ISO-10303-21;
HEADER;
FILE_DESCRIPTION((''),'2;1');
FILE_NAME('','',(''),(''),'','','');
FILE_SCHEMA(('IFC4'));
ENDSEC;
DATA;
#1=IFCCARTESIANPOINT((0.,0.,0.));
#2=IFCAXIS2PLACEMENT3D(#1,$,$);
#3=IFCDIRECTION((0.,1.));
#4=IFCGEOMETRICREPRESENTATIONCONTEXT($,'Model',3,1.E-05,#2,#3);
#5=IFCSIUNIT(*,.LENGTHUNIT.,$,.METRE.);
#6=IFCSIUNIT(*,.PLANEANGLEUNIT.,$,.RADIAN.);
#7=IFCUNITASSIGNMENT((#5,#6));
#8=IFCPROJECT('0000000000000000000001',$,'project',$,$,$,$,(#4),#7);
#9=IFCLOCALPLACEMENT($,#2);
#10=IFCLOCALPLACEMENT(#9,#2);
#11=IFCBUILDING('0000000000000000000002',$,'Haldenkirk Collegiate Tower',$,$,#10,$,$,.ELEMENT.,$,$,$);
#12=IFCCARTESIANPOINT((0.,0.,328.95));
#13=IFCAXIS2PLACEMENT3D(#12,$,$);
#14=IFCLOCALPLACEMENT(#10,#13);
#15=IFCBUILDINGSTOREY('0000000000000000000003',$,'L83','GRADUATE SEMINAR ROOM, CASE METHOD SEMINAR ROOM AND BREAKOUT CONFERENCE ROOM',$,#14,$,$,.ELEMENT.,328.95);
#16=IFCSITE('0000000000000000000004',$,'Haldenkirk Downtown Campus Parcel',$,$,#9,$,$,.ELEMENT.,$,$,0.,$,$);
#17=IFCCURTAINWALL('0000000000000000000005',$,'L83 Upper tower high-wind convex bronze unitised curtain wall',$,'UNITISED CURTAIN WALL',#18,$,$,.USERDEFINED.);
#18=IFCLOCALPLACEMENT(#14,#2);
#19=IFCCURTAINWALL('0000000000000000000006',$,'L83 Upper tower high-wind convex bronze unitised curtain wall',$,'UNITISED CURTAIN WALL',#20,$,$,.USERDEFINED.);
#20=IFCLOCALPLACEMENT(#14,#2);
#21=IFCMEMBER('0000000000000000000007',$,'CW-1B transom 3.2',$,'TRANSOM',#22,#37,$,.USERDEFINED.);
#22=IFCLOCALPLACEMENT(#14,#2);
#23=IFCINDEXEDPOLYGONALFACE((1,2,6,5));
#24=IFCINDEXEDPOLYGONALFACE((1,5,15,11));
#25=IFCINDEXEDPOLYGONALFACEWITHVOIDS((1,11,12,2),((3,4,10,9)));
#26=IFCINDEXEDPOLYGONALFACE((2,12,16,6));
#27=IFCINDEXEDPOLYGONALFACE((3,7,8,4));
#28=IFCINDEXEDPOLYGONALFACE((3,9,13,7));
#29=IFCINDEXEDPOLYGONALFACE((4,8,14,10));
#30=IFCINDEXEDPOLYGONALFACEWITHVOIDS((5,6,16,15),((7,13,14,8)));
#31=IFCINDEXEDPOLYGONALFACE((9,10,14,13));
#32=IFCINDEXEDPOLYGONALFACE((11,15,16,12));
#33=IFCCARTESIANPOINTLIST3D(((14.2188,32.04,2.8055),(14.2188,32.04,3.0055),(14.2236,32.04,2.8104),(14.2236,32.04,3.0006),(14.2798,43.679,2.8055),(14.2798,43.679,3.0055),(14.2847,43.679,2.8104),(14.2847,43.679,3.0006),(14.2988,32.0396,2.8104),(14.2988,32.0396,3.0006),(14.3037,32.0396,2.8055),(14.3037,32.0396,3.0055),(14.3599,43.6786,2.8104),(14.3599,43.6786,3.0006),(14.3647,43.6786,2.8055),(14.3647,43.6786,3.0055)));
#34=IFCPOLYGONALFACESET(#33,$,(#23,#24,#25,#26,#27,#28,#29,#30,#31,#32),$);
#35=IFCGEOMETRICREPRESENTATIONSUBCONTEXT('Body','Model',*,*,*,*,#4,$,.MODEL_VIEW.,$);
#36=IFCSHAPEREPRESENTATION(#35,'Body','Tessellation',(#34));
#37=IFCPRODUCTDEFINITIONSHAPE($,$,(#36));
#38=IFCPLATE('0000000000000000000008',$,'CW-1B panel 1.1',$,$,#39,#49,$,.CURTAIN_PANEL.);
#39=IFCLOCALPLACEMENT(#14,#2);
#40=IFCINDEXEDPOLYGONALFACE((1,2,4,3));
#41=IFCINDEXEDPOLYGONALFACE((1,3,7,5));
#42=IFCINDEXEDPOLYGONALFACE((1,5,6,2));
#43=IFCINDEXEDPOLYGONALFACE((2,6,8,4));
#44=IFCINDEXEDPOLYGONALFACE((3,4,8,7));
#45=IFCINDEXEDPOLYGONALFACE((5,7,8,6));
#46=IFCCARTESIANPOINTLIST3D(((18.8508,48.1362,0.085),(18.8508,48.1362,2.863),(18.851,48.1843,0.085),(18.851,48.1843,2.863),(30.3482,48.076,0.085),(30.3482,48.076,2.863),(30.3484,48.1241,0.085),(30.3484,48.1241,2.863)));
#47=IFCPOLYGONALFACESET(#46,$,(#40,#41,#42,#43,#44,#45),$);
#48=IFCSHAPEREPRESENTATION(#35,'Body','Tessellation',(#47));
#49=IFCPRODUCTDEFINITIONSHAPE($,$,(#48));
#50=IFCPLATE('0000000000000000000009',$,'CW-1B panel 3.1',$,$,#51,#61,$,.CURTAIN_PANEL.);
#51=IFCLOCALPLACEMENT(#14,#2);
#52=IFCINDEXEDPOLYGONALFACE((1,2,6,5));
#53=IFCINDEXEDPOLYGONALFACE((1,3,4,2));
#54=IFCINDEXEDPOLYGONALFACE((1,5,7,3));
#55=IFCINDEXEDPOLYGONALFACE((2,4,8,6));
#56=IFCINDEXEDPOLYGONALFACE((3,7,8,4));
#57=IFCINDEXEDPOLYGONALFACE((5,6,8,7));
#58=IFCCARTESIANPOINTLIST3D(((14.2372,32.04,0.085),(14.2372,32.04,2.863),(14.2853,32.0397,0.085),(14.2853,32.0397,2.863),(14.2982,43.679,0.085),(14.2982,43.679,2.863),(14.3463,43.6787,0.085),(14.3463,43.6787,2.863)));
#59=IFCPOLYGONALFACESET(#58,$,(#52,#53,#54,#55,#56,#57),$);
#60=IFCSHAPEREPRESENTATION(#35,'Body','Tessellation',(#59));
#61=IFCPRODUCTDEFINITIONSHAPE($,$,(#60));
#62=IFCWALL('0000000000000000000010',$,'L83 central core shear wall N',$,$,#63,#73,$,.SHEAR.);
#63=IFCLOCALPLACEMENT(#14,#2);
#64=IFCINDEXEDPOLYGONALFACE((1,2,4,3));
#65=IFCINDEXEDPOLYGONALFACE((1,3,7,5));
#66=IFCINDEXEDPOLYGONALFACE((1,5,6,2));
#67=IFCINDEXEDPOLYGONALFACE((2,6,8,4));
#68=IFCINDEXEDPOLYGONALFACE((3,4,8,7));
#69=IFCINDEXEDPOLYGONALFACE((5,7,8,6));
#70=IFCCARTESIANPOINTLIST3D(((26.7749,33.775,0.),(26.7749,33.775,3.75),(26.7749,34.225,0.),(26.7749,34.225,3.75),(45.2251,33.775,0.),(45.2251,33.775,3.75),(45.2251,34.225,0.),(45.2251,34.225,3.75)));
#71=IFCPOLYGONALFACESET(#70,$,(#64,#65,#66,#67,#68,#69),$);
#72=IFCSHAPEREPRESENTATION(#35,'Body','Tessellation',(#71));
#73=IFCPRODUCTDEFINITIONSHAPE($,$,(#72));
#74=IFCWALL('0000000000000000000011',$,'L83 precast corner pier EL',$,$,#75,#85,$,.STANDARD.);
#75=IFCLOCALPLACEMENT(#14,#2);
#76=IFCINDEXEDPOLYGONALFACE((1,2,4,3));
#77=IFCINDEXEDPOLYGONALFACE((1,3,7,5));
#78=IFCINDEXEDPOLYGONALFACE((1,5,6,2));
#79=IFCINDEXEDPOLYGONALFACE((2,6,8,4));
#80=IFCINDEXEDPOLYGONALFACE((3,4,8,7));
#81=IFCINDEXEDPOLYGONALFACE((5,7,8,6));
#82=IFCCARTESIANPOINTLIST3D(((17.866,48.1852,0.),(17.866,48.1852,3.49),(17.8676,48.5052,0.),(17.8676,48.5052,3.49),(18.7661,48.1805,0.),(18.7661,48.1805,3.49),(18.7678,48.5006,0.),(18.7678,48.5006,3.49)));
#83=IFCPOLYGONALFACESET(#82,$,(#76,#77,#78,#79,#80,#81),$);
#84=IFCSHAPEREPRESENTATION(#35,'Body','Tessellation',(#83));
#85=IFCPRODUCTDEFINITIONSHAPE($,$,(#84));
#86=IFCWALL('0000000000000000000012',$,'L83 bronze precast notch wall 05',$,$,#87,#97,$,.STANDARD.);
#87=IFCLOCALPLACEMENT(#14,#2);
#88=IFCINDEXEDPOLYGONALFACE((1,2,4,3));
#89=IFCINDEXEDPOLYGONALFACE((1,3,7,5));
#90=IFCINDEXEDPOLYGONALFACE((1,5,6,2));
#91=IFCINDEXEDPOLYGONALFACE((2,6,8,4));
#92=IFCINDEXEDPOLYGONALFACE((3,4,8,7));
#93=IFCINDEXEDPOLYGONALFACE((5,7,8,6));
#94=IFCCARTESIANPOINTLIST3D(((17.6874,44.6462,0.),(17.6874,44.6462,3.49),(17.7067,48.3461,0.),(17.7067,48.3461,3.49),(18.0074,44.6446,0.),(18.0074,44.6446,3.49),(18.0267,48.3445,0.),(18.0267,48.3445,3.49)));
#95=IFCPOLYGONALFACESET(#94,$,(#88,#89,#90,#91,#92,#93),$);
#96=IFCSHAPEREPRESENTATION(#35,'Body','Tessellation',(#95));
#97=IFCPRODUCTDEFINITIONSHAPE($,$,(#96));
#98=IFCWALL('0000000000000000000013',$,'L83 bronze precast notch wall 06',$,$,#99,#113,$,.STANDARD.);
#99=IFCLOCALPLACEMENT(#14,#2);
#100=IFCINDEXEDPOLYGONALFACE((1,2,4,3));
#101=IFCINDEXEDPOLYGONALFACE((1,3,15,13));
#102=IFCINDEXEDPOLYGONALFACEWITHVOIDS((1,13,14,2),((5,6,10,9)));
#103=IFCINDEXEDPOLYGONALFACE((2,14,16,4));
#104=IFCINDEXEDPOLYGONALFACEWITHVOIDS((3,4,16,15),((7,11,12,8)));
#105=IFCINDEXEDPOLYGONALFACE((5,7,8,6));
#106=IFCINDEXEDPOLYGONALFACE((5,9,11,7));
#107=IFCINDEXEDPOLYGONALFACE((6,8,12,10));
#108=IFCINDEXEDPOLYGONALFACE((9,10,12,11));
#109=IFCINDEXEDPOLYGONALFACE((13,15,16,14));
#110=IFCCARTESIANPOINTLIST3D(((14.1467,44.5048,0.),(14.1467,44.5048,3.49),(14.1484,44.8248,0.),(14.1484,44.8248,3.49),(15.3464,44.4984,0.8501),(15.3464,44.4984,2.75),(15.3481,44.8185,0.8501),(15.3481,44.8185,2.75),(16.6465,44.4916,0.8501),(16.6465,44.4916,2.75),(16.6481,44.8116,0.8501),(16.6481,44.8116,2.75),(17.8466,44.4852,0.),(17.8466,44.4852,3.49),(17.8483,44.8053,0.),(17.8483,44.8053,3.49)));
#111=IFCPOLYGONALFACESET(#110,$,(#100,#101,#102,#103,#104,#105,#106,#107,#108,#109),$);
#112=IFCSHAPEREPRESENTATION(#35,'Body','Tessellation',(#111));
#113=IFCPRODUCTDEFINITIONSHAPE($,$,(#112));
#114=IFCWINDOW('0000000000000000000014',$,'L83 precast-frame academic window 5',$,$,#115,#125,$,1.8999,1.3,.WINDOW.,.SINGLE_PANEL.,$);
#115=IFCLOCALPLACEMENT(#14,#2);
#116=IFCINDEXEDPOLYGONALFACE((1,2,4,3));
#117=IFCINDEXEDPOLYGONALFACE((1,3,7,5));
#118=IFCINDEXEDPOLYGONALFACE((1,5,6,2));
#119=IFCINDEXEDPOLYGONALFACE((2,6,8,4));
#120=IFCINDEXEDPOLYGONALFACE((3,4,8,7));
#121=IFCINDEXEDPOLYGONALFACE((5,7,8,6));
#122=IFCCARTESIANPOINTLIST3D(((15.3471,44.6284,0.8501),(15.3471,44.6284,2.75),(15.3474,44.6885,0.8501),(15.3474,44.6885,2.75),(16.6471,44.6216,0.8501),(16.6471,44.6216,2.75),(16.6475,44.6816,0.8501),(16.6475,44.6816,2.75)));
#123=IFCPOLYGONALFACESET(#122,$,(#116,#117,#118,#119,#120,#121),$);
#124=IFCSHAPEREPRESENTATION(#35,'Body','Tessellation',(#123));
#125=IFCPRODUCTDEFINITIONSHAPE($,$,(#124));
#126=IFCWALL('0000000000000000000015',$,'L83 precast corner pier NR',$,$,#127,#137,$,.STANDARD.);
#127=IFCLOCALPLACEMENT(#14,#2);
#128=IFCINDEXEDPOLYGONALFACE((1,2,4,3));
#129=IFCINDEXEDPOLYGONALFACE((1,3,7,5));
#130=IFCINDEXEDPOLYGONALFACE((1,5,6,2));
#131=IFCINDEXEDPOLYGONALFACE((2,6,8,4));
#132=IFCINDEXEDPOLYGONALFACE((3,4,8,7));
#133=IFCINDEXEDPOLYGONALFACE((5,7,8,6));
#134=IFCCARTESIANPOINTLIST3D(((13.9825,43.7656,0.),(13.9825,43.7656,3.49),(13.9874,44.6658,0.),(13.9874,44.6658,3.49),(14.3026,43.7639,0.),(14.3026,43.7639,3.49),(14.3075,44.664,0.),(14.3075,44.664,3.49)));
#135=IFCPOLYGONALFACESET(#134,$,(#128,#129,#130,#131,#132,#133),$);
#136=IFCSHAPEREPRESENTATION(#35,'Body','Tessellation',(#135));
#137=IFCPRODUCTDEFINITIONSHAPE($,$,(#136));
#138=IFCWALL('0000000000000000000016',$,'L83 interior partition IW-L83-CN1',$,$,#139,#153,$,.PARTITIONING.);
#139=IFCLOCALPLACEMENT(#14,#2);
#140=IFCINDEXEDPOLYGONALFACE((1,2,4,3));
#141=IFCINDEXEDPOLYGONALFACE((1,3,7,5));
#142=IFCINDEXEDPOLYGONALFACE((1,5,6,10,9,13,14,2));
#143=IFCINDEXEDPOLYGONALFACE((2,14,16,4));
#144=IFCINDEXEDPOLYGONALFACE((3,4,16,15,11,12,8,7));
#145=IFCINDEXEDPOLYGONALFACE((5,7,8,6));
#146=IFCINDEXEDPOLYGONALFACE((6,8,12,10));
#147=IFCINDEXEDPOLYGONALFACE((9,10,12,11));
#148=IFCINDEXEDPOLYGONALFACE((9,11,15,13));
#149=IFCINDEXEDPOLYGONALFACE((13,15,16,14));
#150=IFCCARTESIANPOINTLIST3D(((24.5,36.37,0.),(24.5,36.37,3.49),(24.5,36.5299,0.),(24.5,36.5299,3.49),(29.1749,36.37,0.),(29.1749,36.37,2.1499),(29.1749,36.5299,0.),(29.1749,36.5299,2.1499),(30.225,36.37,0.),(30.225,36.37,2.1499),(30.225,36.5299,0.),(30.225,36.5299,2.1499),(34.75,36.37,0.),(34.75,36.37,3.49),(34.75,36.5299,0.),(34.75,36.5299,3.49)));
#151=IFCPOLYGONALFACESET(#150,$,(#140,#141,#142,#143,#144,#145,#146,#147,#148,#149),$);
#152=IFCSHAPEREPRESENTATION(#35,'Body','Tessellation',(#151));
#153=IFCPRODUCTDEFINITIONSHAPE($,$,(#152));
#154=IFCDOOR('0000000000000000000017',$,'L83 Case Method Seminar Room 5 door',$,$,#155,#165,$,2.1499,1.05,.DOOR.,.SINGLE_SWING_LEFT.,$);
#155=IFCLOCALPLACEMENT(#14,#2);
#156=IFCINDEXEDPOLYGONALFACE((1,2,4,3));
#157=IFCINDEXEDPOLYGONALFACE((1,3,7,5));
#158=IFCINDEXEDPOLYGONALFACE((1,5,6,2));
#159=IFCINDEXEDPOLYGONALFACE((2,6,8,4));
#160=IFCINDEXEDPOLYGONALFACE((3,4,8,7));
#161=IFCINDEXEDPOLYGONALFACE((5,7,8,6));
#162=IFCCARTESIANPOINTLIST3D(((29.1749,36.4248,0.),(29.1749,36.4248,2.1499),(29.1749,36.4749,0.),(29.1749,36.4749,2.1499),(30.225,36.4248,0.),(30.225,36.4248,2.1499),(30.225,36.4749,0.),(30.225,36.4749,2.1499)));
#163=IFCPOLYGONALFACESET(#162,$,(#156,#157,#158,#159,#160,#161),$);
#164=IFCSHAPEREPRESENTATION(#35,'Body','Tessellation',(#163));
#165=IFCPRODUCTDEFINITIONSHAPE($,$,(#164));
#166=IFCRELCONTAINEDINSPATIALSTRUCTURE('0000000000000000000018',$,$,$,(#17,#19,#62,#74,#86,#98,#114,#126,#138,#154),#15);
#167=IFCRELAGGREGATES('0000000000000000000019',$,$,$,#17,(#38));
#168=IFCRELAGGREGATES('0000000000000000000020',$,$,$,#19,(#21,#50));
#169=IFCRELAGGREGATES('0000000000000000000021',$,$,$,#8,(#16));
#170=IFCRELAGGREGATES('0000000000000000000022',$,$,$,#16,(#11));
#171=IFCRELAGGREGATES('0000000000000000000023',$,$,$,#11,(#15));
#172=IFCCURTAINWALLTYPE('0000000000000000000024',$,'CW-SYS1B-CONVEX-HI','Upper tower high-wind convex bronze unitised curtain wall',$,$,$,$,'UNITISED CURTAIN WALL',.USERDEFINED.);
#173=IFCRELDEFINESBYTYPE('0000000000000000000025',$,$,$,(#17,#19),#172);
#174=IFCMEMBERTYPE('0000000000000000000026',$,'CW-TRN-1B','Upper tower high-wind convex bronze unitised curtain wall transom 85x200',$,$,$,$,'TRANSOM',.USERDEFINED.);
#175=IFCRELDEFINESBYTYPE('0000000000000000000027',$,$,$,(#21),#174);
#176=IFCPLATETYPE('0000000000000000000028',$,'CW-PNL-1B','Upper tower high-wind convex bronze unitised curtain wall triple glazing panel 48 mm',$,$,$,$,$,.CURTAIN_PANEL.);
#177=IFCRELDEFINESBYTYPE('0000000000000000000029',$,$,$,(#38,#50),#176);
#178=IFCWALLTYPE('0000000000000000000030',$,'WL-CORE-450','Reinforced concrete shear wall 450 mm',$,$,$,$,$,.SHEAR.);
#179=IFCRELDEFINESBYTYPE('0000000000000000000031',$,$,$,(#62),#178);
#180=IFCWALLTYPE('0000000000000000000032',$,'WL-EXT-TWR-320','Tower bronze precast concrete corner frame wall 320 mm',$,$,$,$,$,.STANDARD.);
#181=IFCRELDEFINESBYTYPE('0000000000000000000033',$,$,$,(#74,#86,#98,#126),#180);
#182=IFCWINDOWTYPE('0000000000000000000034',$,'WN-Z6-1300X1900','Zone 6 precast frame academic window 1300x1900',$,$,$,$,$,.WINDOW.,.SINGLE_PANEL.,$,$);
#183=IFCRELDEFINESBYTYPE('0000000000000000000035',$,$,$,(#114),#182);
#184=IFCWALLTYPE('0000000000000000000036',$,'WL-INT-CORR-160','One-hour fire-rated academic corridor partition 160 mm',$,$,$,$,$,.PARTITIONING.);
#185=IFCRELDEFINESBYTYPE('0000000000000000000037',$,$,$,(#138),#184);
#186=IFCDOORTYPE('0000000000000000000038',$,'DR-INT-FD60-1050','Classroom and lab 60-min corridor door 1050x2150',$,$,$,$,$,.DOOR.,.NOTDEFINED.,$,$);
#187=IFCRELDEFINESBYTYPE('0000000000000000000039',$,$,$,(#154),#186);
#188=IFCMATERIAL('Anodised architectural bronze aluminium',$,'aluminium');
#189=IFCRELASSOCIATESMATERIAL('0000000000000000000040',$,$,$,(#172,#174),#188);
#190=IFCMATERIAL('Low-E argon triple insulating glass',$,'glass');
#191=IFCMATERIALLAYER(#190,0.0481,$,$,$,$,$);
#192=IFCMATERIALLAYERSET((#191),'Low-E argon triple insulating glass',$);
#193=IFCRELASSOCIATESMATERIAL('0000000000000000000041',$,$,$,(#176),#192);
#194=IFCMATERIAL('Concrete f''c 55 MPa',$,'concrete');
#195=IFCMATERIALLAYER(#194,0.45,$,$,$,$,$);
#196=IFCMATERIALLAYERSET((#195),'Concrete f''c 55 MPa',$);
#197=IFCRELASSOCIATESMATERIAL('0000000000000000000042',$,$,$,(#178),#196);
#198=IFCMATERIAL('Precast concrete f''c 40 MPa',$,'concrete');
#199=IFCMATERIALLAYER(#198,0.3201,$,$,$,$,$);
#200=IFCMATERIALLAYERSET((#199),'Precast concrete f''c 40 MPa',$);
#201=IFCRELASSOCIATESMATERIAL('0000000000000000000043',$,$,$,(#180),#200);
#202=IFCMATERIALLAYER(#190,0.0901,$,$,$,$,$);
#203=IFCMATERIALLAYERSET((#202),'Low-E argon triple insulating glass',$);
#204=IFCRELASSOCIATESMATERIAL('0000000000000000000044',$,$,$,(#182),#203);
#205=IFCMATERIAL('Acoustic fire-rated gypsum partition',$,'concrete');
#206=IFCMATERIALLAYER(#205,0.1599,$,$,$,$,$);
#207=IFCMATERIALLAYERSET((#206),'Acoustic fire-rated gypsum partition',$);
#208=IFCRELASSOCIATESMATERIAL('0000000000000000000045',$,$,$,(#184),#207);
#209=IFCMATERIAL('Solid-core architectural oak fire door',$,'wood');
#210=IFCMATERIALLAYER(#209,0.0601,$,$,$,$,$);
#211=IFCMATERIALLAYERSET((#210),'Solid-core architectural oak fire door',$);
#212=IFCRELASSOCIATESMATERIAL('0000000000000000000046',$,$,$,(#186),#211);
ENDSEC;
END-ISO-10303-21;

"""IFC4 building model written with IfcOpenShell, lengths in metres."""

from ifc_helpers import new_model, si_unit, direction, frame, frame_2d, origin, origin_2d, place, context, subcontext, project, spatial, rectangle, hollow_rectangle, extrude, source, transform, mapped, material, layer, layer_set, material_profile, profile_set, type_object, element, fill, aggregate, save


model = new_model("IFC4")

# Units and contexts
model_context = context("Model", 3, precision=1e-05, world=origin(), true_north=direction((0.0, 1.0)))
body_context = subcontext(model_context, "Body", "Model", "MODEL_VIEW")
ifc_project = project(units=[si_unit("LENGTHUNIT", "METRE"), si_unit("PLANEANGLEUNIT", "RADIAN")], contexts=[model_context])

# Site, building, storey
site_placement = place(None, origin())
site = spatial("IfcSite", under=ifc_project, at=site_placement, Name="Haldenkirk Downtown Campus Parcel", CompositionType="ELEMENT", RefElevation=0.0)
building_placement = place(site_placement, origin())
building = spatial("IfcBuilding", under=site, at=building_placement, Name="Haldenkirk Collegiate Tower", CompositionType="ELEMENT")
storey_placement = place(building_placement, frame((0.0, 0.0, 328.95)))
storey = spatial("IfcBuildingStorey", under=building, at=storey_placement, Name="L83", Description="GRADUATE SEMINAR ROOM, CASE METHOD SEMINAR ROOM AND BREAKOUT CONFERENCE ROOM", CompositionType="ELEMENT", Elevation=328.95)

# Curtain wall
ifc_material_1 = material(Name="Anodised architectural bronze aluminium", Category="aluminium")
curtain_wall_type = type_object("IfcCurtainWallType", Name="CW-SYS1B-CONVEX-HI", Description="Upper tower high-wind convex bronze unitised curtain wall", ElementType="UNITISED CURTAIN WALL", PredefinedType="USERDEFINED", material=ifc_material_1)
curtain_wall_1_placement = place(storey_placement, origin())
curtain_wall_1 = element("IfcCurtainWall", 1, at=curtain_wall_1_placement, inside=storey, type_object=curtain_wall_type, Name="L83 Upper tower high-wind convex bronze unitised curtain wall", ObjectType="UNITISED CURTAIN WALL", PredefinedType="USERDEFINED")

# Curtain wall
curtain_wall_2_placement = place(storey_placement, origin())
curtain_wall_2 = element("IfcCurtainWall", 2, at=curtain_wall_2_placement, inside=storey, type_object=curtain_wall_type, Name="L83 Upper tower high-wind convex bronze unitised curtain wall", ObjectType="UNITISED CURTAIN WALL", PredefinedType="USERDEFINED")

# Member
ifc_material_profile_1 = material_profile(ifc_material_1, hollow_rectangle(XDim=0.085, YDim=0.2, WallThickness=0.0049, at=origin_2d()), Name="CW-TRN-1B")
ifc_profile_set_1 = profile_set([ifc_material_profile_1], Name="Anodised architectural bronze aluminium")
member_type_1 = type_object("IfcMemberType", Name="CW-TRN-1B", Description="Upper tower high-wind convex bronze unitised curtain wall transom 85x200", ElementType="TRANSOM", PredefinedType="USERDEFINED", material=ifc_profile_set_1)
member_1_placement = place(storey_placement, frame((14.2612, 32.0398, 2.9055), z_axis=(0.005244, 0.999986, 0.0), x_axis=(-0.999986, 0.005244, 0.0)))
member_1 = element("IfcMember", 3, at=member_1_placement, type_object=member_type_1, Name="CW-1B transom 3.2", ObjectType="TRANSOM", PredefinedType="USERDEFINED", context=body_context, shape_type="SweptSolid", body=[
    extrude(hollow_rectangle(XDim=0.085, YDim=0.2, WallThickness=0.0049, at=origin_2d()), origin(), (0.0, 0.0, 1.0), 11.6392),
])

# Plates
ifc_material_2 = material(Name="Low-E argon triple insulating glass", Category="glass")
ifc_layer_1 = layer(ifc_material_2, 0.0481)
ifc_layer_set_1 = layer_set([ifc_layer_1], Name="Low-E argon triple insulating glass")
plate_type = type_object("IfcPlateType", Name="CW-PNL-1B", Description="Upper tower high-wind convex bronze unitised curtain wall triple glazing panel 48 mm", PredefinedType="CURTAIN_PANEL", material=ifc_layer_set_1)
shared_shape_1 = source(origin(), body_context, "Body", "SweptSolid", [
    extrude(rectangle(XDim=11.4976, YDim=0.0481, at=origin_2d()), origin(), (0.0, 0.0, 1.0), 2.7781),
])
plate_1_placement = place(storey_placement, frame((24.5996, 48.1301, 0.085), z_axis=(0.0, 0.0, 1.0), x_axis=(0.999986, -0.005239, 0.0)))
plate_1 = element("IfcPlate", 4, at=plate_1_placement, type_object=plate_type, Name="CW-1B panel 1.1", PredefinedType="CURTAIN_PANEL", context=body_context, shape_type="MappedRepresentation", body=[
    mapped(shared_shape_1, transform((0.0, 0.0, 0.0), x_axis=(1.0, 0.0, 0.0), y_axis=(0.0, 1.0, 0.0), z_axis=(0.0, 0.0, 1.0), scale=1.0)),
])
aggregate(curtain_wall_1, [plate_1])
shared_shape_2 = source(origin(), body_context, "Body", "SweptSolid", [
    extrude(rectangle(XDim=11.6392, YDim=0.0481, at=origin_2d()), origin(), (0.0, 0.0, 1.0), 2.7781),
])
plate_2_placement = place(storey_placement, frame((14.2917, 37.8594, 0.085), z_axis=(0.0, 0.0, 1.0), x_axis=(0.005235, 0.999986, 0.0)))
plate_2 = element("IfcPlate", 5, at=plate_2_placement, type_object=plate_type, Name="CW-1B panel 3.1", PredefinedType="CURTAIN_PANEL", context=body_context, shape_type="MappedRepresentation", body=[
    mapped(shared_shape_2, transform((0.0, 0.0, 0.0), x_axis=(1.0, 0.0, 0.0), y_axis=(0.0, 1.0, 0.0), z_axis=(0.0, 0.0, 1.0), scale=1.0)),
])
aggregate(curtain_wall_2, [member_1, plate_2])

# Walls
ifc_material_3 = material(Name="Concrete f'c 55 MPa", Category="concrete")
ifc_layer_2 = layer(ifc_material_3, 0.45)
ifc_layer_set_2 = layer_set([ifc_layer_2], Name="Concrete f'c 55 MPa")
wall_type_1 = type_object("IfcWallType", Name="WL-CORE-450", Description="Reinforced concrete shear wall 450 mm", PredefinedType="SHEAR", material=ifc_layer_set_2)
wall_1_placement = place(storey_placement, frame((26.7749, 34.0, 0.0), z_axis=(0.0, 0.0, 1.0), x_axis=(1.0, 0.0, 0.0)))
element("IfcWall", 6, at=wall_1_placement, inside=storey, type_object=wall_type_1, Name="L83 central core shear wall N", PredefinedType="SHEAR", context=body_context, shape_type="SweptSolid", body=[
    extrude(rectangle(XDim=18.4502, YDim=0.45, at=frame_2d((9.2251, 0.0))), origin(), (0.0, 0.0, 1.0), 3.75),
])
ifc_material_4 = material(Name="Precast concrete f'c 40 MPa", Category="concrete")
ifc_layer_3 = layer(ifc_material_4, 0.3201)
ifc_layer_set_3 = layer_set([ifc_layer_3], Name="Precast concrete f'c 40 MPa")
wall_type_2 = type_object("IfcWallType", Name="WL-EXT-TWR-320", Description="Tower bronze precast concrete corner frame wall 320 mm", PredefinedType="STANDARD", material=ifc_layer_set_3)
wall_2_placement = place(storey_placement, frame((17.8667, 48.3452, 0.0), z_axis=(0.0, 0.0, 1.0), x_axis=(0.999987, -0.005153, 0.0)))
element("IfcWall", 7, at=wall_2_placement, inside=storey, type_object=wall_type_2, Name="L83 precast corner pier EL", PredefinedType="STANDARD", context=body_context, shape_type="SweptSolid", body=[
    extrude(rectangle(XDim=0.9001, YDim=0.3201, at=frame_2d((0.4502, 0.0))), origin(), (0.0, 0.0, 1.0), 3.49),
])
wall_3_placement = place(storey_placement, frame((17.8474, 44.6453, 0.0), z_axis=(0.0, 0.0, 1.0), x_axis=(0.005213, 0.999986, 0.0)))
element("IfcWall", 8, at=wall_3_placement, inside=storey, type_object=wall_type_2, Name="L83 bronze precast notch wall 05", PredefinedType="STANDARD", context=body_context, shape_type="SweptSolid", body=[
    extrude(rectangle(XDim=3.7, YDim=0.3201, at=frame_2d((1.8501, 0.0))), origin(), (0.0, 0.0, 1.0), 3.49),
])

# Wall, opening, window
wall_4_placement = place(storey_placement, frame((14.1475, 44.6648, 0.0), z_axis=(0.0, 0.0, 1.0), x_axis=(0.999986, -0.005279, 0.0)))
wall_4 = element("IfcWall", 9, at=wall_4_placement, inside=storey, type_object=wall_type_2, Name="L83 bronze precast notch wall 06", PredefinedType="STANDARD", context=body_context, shape_type="SweptSolid", body=[
    extrude(rectangle(XDim=3.7, YDim=0.3201, at=frame_2d((1.8501, 0.0))), origin(), (0.0, 0.0, 1.0), 3.49),
])
opening_1_placement = place(wall_4_placement, frame((1.2, 0.0, 0.8501)))
opening_1 = element("IfcOpeningElement", 10, at=opening_1_placement, cuts=wall_4, PredefinedType="OPENING", context=body_context, shape_type="SweptSolid", body=[
    extrude(rectangle(XDim=1.3, YDim=1.8999, at=frame_2d((0.6499, 0.95))), frame((0.0, 0.1699, 0.0), z_axis=(0.0, -1.0, 0.0), x_axis=(1.0, 0.0, 0.0)), (0.0, 0.0, 1.0), 0.3401),
])
ifc_layer_4 = layer(ifc_material_2, 0.0901)
ifc_layer_set_4 = layer_set([ifc_layer_4], Name="Low-E argon triple insulating glass")
window_type = type_object("IfcWindowType", Name="WN-Z6-1300X1900", Description="Zone 6 precast frame academic window 1300x1900", PartitioningType="SINGLE_PANEL", PredefinedType="WINDOW", material=ifc_layer_set_4)
window_placement = place(opening_1_placement, origin())
window = element("IfcWindow", 11, at=window_placement, inside=storey, type_object=window_type, Name="L83 precast-frame academic window 5", OverallHeight=1.8999, OverallWidth=1.3, PartitioningType="SINGLE_PANEL", PredefinedType="WINDOW", context=body_context, shape_type="SweptSolid", body=[
    extrude(rectangle(XDim=1.3, YDim=1.8999, at=frame_2d((0.6499, 0.95))), frame((0.0, 0.03, 0.0), z_axis=(0.0, -1.0, 0.0), x_axis=(1.0, 0.0, 0.0)), (0.0, 0.0, 1.0), 0.0601),
])
fill(opening_1, window)

# Wall
wall_5_placement = place(storey_placement, frame((14.1426, 43.7646, 0.0), z_axis=(0.0, 0.0, 1.0), x_axis=(0.005424, 0.999985, 0.0)))
element("IfcWall", 12, at=wall_5_placement, inside=storey, type_object=wall_type_2, Name="L83 precast corner pier NR", PredefinedType="STANDARD", context=body_context, shape_type="SweptSolid", body=[
    extrude(rectangle(XDim=0.9001, YDim=0.3201, at=frame_2d((0.4502, 0.0))), origin(), (0.0, 0.0, 1.0), 3.49),
])

# Wall, opening, door
ifc_material_5 = material(Name="Acoustic fire-rated gypsum partition", Category="concrete")
ifc_layer_5 = layer(ifc_material_5, 0.1599)
ifc_layer_set_5 = layer_set([ifc_layer_5], Name="Acoustic fire-rated gypsum partition")
wall_type_3 = type_object("IfcWallType", Name="WL-INT-CORR-160", Description="One-hour fire-rated academic corridor partition 160 mm", PredefinedType="PARTITIONING", material=ifc_layer_set_5)
wall_6_placement = place(storey_placement, frame((24.5, 36.45, 0.0), z_axis=(0.0, 0.0, 1.0), x_axis=(1.0, 0.0, 0.0)))
wall_6 = element("IfcWall", 13, at=wall_6_placement, inside=storey, type_object=wall_type_3, Name="L83 interior partition IW-L83-CN1", PredefinedType="PARTITIONING", context=body_context, shape_type="SweptSolid", body=[
    extrude(rectangle(XDim=10.25, YDim=0.1599, at=frame_2d((5.125, 0.0))), origin(), (0.0, 0.0, 1.0), 3.49),
])
opening_2_placement = place(wall_6_placement, frame((4.675, 0.0, 0.0)))
opening_2 = element("IfcOpeningElement", 14, at=opening_2_placement, cuts=wall_6, PredefinedType="OPENING", context=body_context, shape_type="SweptSolid", body=[
    extrude(rectangle(XDim=1.05, YDim=2.1499, at=frame_2d((0.5249, 1.075))), frame((0.0, 0.0898, 0.0), z_axis=(0.0, -1.0, 0.0), x_axis=(1.0, 0.0, 0.0)), (0.0, 0.0, 1.0), 0.1799),
])
ifc_material_6 = material(Name="Solid-core architectural oak fire door", Category="wood")
ifc_layer_6 = layer(ifc_material_6, 0.0601)
ifc_layer_set_6 = layer_set([ifc_layer_6], Name="Solid-core architectural oak fire door")
door_type_1 = type_object("IfcDoorType", Name="DR-INT-FD60-1050", Description="Classroom and lab 60-min corridor door 1050x2150", OperationType="NOTDEFINED", PredefinedType="DOOR", material=ifc_layer_set_6)
door_1_placement = place(opening_2_placement, origin())
door_1 = element("IfcDoor", 15, at=door_1_placement, inside=storey, type_object=door_type_1, Name="L83 Case Method Seminar Room 5 door", OperationType="SINGLE_SWING_LEFT", OverallHeight=2.1499, OverallWidth=1.05, PredefinedType="DOOR", context=body_context, shape_type="SweptSolid", body=[
    extrude(rectangle(XDim=1.05, YDim=2.1499, at=frame_2d((0.5249, 1.075))), frame((0.0, 0.0249, 0.0), z_axis=(0.0, -1.0, 0.0), x_axis=(1.0, 0.0, 0.0)), (0.0, 0.0, 1.0), 0.05),
])
fill(opening_2, door_1)

save(model, "model.ifc")
